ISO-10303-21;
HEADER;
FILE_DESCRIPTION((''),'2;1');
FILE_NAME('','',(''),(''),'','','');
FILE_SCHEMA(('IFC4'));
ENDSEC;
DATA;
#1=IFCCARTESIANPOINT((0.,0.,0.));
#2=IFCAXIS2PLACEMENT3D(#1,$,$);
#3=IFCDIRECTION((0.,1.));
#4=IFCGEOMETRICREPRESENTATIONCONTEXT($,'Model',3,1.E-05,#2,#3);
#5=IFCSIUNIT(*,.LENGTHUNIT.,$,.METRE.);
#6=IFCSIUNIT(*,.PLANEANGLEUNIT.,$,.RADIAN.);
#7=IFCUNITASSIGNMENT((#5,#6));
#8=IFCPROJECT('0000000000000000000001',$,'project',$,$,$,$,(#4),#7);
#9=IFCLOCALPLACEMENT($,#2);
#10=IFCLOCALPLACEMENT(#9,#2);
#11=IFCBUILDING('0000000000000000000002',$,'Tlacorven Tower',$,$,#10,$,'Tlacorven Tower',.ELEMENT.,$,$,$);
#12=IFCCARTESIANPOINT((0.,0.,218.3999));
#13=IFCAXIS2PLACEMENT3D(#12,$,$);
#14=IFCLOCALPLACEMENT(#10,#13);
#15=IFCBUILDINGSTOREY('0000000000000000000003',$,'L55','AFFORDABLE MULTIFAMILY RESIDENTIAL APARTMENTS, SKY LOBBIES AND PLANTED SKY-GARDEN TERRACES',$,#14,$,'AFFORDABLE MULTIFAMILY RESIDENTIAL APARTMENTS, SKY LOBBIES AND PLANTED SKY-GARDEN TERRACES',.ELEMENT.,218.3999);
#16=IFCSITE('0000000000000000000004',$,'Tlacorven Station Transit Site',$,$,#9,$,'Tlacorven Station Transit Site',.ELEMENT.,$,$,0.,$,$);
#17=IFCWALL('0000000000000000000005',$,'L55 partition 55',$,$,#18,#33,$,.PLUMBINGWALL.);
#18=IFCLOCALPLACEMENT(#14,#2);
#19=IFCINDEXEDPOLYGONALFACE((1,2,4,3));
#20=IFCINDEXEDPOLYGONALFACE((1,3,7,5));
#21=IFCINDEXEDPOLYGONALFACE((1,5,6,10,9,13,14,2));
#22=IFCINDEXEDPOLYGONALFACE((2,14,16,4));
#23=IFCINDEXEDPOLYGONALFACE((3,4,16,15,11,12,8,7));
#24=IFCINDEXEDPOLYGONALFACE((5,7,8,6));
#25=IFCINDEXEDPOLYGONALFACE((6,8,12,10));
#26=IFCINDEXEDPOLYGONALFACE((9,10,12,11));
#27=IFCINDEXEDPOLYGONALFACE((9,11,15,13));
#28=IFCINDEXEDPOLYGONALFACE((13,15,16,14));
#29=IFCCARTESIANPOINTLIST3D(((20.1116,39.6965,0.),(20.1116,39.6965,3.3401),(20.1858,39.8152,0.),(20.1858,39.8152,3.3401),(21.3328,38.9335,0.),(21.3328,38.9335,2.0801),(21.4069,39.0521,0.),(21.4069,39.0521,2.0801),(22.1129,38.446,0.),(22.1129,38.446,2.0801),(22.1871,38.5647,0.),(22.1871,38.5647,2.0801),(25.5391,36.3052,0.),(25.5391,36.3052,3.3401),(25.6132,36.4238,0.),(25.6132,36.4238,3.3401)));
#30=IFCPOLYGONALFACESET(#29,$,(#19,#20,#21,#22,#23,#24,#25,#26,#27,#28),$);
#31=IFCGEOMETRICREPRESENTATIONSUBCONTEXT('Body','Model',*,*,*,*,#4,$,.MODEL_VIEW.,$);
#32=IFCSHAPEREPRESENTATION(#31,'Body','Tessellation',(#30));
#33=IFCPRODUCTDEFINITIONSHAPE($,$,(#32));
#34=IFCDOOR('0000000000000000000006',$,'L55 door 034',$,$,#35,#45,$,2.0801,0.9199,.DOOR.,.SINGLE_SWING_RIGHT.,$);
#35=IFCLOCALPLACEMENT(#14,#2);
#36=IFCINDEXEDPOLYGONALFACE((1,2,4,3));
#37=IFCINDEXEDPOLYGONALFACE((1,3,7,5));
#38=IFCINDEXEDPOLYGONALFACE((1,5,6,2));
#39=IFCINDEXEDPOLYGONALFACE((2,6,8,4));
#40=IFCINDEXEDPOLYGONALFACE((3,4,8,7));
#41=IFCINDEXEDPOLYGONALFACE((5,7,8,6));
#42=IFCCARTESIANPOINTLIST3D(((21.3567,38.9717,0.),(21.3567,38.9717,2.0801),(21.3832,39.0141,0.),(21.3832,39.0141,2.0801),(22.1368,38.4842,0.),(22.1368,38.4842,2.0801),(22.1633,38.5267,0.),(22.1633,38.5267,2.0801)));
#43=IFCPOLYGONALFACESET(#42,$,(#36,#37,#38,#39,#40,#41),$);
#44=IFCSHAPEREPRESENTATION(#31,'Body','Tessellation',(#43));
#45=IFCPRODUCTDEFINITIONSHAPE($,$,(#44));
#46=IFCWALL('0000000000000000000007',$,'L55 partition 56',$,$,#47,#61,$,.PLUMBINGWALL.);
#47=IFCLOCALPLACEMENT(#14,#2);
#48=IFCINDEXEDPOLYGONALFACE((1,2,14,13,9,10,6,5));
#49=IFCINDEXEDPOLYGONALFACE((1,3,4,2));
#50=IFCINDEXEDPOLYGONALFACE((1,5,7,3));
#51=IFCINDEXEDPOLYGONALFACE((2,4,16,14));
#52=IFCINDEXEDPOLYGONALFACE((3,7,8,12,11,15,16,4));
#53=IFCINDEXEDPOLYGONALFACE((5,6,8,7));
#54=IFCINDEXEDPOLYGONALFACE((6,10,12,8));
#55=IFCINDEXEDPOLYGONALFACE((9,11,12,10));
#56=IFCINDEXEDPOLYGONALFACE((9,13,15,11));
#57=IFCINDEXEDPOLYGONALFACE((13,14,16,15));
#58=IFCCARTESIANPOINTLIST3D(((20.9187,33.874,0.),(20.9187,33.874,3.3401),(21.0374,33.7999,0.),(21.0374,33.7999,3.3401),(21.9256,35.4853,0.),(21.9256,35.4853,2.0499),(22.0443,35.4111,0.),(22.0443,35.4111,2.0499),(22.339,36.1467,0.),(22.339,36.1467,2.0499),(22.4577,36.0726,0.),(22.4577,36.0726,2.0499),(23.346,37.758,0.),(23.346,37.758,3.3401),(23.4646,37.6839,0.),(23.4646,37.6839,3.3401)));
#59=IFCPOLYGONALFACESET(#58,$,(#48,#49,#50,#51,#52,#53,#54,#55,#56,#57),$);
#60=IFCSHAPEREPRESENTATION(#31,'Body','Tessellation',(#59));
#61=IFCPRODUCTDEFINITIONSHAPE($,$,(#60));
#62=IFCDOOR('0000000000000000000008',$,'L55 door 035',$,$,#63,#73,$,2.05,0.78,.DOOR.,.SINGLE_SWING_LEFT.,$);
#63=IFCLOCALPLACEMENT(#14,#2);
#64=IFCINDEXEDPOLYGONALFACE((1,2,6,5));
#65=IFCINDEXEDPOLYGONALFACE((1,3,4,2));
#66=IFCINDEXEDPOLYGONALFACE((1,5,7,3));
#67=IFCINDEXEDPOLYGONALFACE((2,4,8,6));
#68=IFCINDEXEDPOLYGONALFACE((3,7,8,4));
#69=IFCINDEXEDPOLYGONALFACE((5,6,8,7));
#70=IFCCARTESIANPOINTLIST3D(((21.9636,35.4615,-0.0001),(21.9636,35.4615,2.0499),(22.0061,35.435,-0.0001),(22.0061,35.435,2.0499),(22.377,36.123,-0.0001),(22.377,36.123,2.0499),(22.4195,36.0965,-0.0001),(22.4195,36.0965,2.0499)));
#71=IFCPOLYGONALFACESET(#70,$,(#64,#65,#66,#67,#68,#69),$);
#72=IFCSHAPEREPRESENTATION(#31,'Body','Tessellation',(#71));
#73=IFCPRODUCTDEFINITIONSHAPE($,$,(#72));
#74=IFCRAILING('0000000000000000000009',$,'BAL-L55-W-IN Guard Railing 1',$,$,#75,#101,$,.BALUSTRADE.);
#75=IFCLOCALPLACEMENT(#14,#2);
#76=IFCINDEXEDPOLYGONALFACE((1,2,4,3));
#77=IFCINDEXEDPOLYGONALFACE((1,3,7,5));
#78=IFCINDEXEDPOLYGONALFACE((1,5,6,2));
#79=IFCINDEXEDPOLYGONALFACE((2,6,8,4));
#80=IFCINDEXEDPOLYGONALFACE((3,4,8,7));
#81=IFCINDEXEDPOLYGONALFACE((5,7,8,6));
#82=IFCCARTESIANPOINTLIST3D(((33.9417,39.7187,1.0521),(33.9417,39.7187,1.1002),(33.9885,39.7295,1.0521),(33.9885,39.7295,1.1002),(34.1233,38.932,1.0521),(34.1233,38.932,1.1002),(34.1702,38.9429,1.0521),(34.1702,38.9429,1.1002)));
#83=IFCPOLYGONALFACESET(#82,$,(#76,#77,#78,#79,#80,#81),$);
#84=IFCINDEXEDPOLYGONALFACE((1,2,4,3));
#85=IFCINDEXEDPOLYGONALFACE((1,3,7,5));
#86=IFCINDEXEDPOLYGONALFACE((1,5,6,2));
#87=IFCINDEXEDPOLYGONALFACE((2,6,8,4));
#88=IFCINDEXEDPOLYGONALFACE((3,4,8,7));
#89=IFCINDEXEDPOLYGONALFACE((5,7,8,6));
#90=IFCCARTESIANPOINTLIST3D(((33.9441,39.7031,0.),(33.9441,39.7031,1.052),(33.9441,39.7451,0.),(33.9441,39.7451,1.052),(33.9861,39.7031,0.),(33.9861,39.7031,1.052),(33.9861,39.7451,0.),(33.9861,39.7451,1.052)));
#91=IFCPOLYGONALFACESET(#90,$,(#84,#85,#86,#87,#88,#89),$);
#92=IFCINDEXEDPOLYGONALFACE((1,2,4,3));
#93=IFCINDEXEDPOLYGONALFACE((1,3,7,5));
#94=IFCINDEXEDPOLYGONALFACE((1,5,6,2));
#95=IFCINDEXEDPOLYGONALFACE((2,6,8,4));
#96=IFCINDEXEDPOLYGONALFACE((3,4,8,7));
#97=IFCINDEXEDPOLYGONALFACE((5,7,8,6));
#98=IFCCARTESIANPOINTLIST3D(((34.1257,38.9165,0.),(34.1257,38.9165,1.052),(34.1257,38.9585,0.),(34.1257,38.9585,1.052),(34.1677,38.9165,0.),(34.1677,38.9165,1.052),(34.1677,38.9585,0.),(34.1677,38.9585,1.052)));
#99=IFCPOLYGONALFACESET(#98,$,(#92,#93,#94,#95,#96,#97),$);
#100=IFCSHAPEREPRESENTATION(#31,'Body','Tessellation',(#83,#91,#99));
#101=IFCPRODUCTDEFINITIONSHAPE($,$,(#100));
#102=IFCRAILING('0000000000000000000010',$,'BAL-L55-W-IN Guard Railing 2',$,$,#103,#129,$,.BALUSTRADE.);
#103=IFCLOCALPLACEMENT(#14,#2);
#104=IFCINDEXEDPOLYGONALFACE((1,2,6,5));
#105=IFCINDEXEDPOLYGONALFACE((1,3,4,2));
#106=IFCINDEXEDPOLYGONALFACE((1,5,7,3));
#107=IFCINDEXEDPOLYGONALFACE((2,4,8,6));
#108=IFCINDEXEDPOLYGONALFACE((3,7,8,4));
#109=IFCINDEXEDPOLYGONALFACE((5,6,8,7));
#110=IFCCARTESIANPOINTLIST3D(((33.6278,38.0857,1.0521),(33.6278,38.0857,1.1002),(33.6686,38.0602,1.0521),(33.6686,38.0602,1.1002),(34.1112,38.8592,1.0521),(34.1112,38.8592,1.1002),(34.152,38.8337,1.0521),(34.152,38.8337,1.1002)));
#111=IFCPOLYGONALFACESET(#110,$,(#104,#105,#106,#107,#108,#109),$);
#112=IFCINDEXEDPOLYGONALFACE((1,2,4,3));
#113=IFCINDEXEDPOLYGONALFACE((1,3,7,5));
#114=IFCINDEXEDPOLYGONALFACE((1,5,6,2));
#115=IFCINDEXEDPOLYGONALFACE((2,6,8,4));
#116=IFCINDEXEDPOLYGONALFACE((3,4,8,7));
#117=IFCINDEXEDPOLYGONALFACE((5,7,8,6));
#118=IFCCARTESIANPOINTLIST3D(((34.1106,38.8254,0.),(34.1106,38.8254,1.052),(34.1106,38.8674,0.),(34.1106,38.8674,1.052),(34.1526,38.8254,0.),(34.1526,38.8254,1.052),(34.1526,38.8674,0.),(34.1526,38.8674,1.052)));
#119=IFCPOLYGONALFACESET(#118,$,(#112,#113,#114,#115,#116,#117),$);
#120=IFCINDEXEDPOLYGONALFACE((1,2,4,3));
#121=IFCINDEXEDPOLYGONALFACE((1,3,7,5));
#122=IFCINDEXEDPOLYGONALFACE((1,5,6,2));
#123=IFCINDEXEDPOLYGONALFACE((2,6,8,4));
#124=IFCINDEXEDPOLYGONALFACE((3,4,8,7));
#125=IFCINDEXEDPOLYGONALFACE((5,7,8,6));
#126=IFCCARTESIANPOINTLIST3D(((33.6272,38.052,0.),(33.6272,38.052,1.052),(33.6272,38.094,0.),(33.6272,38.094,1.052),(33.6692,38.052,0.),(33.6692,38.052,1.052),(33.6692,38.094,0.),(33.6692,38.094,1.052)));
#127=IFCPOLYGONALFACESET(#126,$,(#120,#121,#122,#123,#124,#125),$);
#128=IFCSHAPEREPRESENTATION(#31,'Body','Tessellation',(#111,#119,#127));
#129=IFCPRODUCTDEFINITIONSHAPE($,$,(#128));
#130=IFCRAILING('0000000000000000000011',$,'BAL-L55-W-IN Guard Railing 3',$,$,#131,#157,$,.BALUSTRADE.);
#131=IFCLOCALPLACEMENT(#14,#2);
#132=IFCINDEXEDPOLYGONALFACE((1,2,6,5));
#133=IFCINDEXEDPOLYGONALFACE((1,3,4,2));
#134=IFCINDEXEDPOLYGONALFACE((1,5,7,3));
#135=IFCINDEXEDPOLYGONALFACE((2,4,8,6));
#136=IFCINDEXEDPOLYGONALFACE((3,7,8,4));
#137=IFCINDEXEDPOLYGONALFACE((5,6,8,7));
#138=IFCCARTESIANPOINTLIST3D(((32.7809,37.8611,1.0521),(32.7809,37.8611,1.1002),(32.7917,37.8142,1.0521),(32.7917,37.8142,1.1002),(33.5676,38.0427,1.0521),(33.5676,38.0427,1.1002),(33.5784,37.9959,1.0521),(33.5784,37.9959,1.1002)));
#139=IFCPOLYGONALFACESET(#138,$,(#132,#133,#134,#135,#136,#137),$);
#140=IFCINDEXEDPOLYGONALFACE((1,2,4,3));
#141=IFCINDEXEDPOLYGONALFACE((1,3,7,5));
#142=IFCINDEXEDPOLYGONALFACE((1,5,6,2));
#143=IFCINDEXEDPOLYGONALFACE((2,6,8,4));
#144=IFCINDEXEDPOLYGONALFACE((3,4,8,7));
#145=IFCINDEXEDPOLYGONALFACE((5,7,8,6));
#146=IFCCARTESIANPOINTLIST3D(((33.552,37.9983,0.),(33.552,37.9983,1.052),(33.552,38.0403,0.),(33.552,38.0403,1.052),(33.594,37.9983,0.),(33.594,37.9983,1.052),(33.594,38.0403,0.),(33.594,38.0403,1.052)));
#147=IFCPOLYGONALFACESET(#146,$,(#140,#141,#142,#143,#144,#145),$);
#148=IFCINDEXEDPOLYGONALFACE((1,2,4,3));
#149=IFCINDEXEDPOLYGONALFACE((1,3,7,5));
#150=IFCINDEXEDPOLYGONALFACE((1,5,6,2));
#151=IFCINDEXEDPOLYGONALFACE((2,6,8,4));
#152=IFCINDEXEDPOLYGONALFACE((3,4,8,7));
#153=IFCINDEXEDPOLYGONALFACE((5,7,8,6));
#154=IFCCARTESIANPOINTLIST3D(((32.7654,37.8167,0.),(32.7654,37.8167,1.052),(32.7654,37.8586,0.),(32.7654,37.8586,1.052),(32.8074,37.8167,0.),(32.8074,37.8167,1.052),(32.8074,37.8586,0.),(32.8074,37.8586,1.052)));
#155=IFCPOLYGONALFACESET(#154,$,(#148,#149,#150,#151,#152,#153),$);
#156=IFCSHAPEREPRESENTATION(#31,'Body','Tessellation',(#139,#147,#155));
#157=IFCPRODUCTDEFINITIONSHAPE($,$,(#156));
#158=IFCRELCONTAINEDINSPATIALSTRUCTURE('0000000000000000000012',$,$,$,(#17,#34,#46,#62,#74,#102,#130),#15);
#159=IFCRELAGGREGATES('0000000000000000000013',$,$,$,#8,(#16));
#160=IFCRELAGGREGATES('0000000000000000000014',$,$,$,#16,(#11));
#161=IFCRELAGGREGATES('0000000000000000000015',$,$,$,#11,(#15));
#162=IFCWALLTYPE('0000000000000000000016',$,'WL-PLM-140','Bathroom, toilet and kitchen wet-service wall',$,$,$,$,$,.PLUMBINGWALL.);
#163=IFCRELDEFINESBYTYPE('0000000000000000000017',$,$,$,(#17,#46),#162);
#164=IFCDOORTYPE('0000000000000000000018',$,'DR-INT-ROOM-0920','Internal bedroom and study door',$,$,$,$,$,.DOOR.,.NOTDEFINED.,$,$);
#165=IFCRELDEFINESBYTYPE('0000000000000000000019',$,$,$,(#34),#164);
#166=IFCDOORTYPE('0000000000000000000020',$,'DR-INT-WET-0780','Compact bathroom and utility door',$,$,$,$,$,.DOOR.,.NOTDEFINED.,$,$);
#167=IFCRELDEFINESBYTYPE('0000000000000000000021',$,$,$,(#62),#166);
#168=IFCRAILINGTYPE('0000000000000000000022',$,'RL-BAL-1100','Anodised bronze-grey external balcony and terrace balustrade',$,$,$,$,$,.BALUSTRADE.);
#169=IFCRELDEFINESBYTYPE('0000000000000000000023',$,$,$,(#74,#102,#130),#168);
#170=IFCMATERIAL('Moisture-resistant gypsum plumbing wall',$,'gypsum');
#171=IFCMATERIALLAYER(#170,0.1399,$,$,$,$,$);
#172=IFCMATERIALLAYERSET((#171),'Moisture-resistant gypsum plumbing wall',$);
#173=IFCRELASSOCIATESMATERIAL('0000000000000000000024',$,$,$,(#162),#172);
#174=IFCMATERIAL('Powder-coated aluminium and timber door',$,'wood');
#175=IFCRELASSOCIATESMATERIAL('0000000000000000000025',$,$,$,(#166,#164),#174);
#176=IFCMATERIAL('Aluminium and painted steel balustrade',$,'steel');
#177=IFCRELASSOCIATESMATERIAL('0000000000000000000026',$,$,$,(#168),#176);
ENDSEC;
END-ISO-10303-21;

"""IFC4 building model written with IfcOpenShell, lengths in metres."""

from ifc_helpers import new_model, si_unit, direction, frame, frame_2d, origin, origin_2d, place, context, subcontext, project, spatial, rectangle, extrude, source, transform, mapped, material, layer, layer_set, type_object, element, fill, save


model = new_model("IFC4")

# Units and contexts
model_context = context("Model", 3, precision=1e-05, world=origin(), true_north=direction((0.0, 1.0)))
body_context = subcontext(model_context, "Body", "Model", "MODEL_VIEW")
ifc_project = project(units=[si_unit("LENGTHUNIT", "METRE"), si_unit("PLANEANGLEUNIT", "RADIAN")], contexts=[model_context])

# Site, building, storey
site_placement = place(None, origin())
site = spatial("IfcSite", under=ifc_project, at=site_placement, Name="Tlacorven Station Transit Site", LongName="Tlacorven Station Transit Site", CompositionType="ELEMENT", RefElevation=0.0)
building_placement = place(site_placement, origin())
building = spatial("IfcBuilding", under=site, at=building_placement, Name="Tlacorven Tower", LongName="Tlacorven Tower", CompositionType="ELEMENT")
storey_placement = place(building_placement, frame((0.0, 0.0, 218.3999)))
storey = spatial("IfcBuildingStorey", under=building, at=storey_placement, Name="L55", Description="AFFORDABLE MULTIFAMILY RESIDENTIAL APARTMENTS, SKY LOBBIES AND PLANTED SKY-GARDEN TERRACES", LongName="AFFORDABLE MULTIFAMILY RESIDENTIAL APARTMENTS, SKY LOBBIES AND PLANTED SKY-GARDEN TERRACES", CompositionType="ELEMENT", Elevation=218.3999)

# Walls, openings, doors
ifc_material_1 = material(Name="Moisture-resistant gypsum plumbing wall", Category="gypsum")
ifc_layer_1 = layer(ifc_material_1, 0.1399)
ifc_layer_set_1 = layer_set([ifc_layer_1], Name="Moisture-resistant gypsum plumbing wall")
wall_type_1 = type_object("IfcWallType", Name="WL-PLM-140", Description="Bathroom, toilet and kitchen wet-service wall", PredefinedType="PLUMBINGWALL", material=ifc_layer_set_1)
ifc_material_2 = material(Name="Powder-coated aluminium and timber door", Category="wood")
door_type_1 = type_object("IfcDoorType", Name="DR-INT-WET-0780", Description="Compact bathroom and utility door", OperationType="NOTDEFINED", PredefinedType="DOOR", material=ifc_material_2)
shared_shape_1 = source(origin(), body_context, "Body", "SweptSolid", [
    extrude(rectangle(XDim=0.78, YDim=2.05, at=frame_2d((0.3901, 1.0249))), frame((0.0, 0.0249, 0.0), z_axis=(0.0, -1.0, 0.0), x_axis=(1.0, 0.0, 0.0)), (0.0, 0.0, 1.0), 0.05),
])
wall_1_placement = place(storey_placement, frame((25.5762, 36.3645, 0.0), z_axis=(0.0, 0.0, 1.0), x_axis=(-0.848056, 0.529906, 0.0)))
wall_1 = element("IfcWall", 1, at=wall_1_placement, inside=storey, type_object=wall_type_1, Name="L55 partition 55", PredefinedType="PLUMBINGWALL", context=body_context, shape_type="SweptSolid", body=[
    extrude(rectangle(XDim=6.3999, YDim=0.1399, at=frame_2d((3.2, 0.0))), origin(), (0.0, 0.0, 1.0), 3.3401),
])
opening_1_placement = place(wall_1_placement, frame((4.04, 0.0, 0.0)))
opening_1 = element("IfcOpeningElement", 2, at=opening_1_placement, cuts=wall_1, PredefinedType="OPENING", context=body_context, shape_type="SweptSolid", body=[
    extrude(rectangle(XDim=0.9199, YDim=2.0801, at=frame_2d((0.46, 1.04))), frame((0.0, 0.0801, 0.0), z_axis=(0.0, -1.0, 0.0), x_axis=(1.0, 0.0, 0.0)), (0.0, 0.0, 1.0), 0.1599),
])
door_type_2 = type_object("IfcDoorType", Name="DR-INT-ROOM-0920", Description="Internal bedroom and study door", OperationType="NOTDEFINED", PredefinedType="DOOR", material=ifc_material_2)
shared_shape_2 = source(origin(), body_context, "Body", "SweptSolid", [
    extrude(rectangle(XDim=0.9199, YDim=2.0801, at=frame_2d((0.46, 1.04))), frame((0.0, 0.0249, 0.0), z_axis=(0.0, -1.0, 0.0), x_axis=(1.0, 0.0, 0.0)), (0.0, 0.0, 1.0), 0.05),
])
door_1_placement = place(opening_1_placement, origin())
door_1 = element("IfcDoor", 3, at=door_1_placement, inside=storey, type_object=door_type_2, Name="L55 door 034", OperationType="SINGLE_SWING_RIGHT", OverallHeight=2.0801, OverallWidth=0.9199, PredefinedType="DOOR", context=body_context, shape_type="MappedRepresentation", body=[
    mapped(shared_shape_2, transform((0.0, 0.0, 0.0), scale=1.0)),
])
fill(opening_1, door_1)
wall_2_placement = place(storey_placement, frame((23.4053, 37.7209, 0.0), z_axis=(0.0, 0.0, 1.0), x_axis=(-0.529956, -0.848025, 0.0)))
wall_2 = element("IfcWall", 4, at=wall_2_placement, inside=storey, type_object=wall_type_1, Name="L55 partition 56", PredefinedType="PLUMBINGWALL", context=body_context, shape_type="SweptSolid", body=[
    extrude(rectangle(XDim=4.5801, YDim=0.1399, at=frame_2d((2.29, 0.0))), origin(), (0.0, 0.0, 1.0), 3.3401),
])
opening_2_placement = place(wall_2_placement, frame((1.8999, 0.0, 0.0)))
opening_2 = element("IfcOpeningElement", 5, at=opening_2_placement, cuts=wall_2, PredefinedType="OPENING", context=body_context, shape_type="SweptSolid", body=[
    extrude(rectangle(XDim=0.78, YDim=2.05, at=frame_2d((0.3901, 1.0249))), frame((0.0, 0.0801, 0.0), z_axis=(0.0, -1.0, 0.0), x_axis=(1.0, 0.0, 0.0)), (0.0, 0.0, 1.0), 0.1599),
])
door_2_placement = place(opening_2_placement, origin())
door_2 = element("IfcDoor", 6, at=door_2_placement, inside=storey, type_object=door_type_1, Name="L55 door 035", OperationType="SINGLE_SWING_LEFT", OverallHeight=2.05, OverallWidth=0.78, PredefinedType="DOOR", context=body_context, shape_type="MappedRepresentation", body=[
    mapped(shared_shape_1, transform((0.0, 0.0, 0.0), scale=1.0)),
])
fill(opening_2, door_2)

# Railings
ifc_material_3 = material(Name="Aluminium and painted steel balustrade", Category="steel")
railing_type = type_object("IfcRailingType", Name="RL-BAL-1100", Description="Anodised bronze-grey external balcony and terrace balustrade", PredefinedType="BALUSTRADE", material=ifc_material_3)
shared_shape_3 = source(origin(), body_context, "Body", "SweptSolid", [
    extrude(rectangle(XDim=0.0481, YDim=0.0481, at=origin_2d()), frame((0.0, 0.0, 1.0762), z_axis=(0.224992, -0.974361, 0.0), x_axis=(0.974361, 0.224992, 0.0)), (0.0, 0.0, 1.0), 0.8074),
    extrude(rectangle(XDim=0.042, YDim=0.042, at=origin_2d()), origin(), (0.0, 0.0, 1.0), 1.052),
    extrude(rectangle(XDim=0.042, YDim=0.042, at=origin_2d()), frame((0.1816, -0.7866, 0.0)), (0.0, 0.0, 1.0), 1.052),
])
railing_1_placement = place(storey_placement, frame((33.9651, 39.7241, 0.0)))
element("IfcRailing", 7, at=railing_1_placement, inside=storey, type_object=railing_type, Name="BAL-L55-W-IN Guard Railing 1", PredefinedType="BALUSTRADE", context=body_context, shape_type="MappedRepresentation", body=[
    mapped(shared_shape_3, transform((0.0, 0.0, 0.0), scale=1.0)),
])
shared_shape_4 = source(origin(), body_context, "Body", "SweptSolid", [
    extrude(rectangle(XDim=0.0481, YDim=0.0481, at=origin_2d()), frame((0.0, 0.0, 1.0762), z_axis=(-0.529999, -0.847998, 0.0), x_axis=(0.847998, -0.529999, 0.0)), (0.0, 0.0, 1.0), 0.9121),
    extrude(rectangle(XDim=0.042, YDim=0.042, at=origin_2d()), origin(), (0.0, 0.0, 1.0), 1.052),
    extrude(rectangle(XDim=0.042, YDim=0.042, at=origin_2d()), frame((-0.4834, -0.7734, 0.0)), (0.0, 0.0, 1.0), 1.052),
])
railing_2_placement = place(storey_placement, frame((34.1316, 38.8464, 0.0)))
element("IfcRailing", 8, at=railing_2_placement, inside=storey, type_object=railing_type, Name="BAL-L55-W-IN Guard Railing 2", PredefinedType="BALUSTRADE", context=body_context, shape_type="MappedRepresentation", body=[
    mapped(shared_shape_4, transform((0.0, 0.0, 0.0), scale=1.0)),
])
shared_shape_5 = source(origin(), body_context, "Body", "SweptSolid", [
    extrude(rectangle(XDim=0.0481, YDim=0.0481, at=origin_2d()), frame((0.0, 0.0, 1.0762), z_axis=(-0.974361, -0.224992, 0.0), x_axis=(0.224992, -0.974361, 0.0)), (0.0, 0.0, 1.0), 0.8074),
    extrude(rectangle(XDim=0.042, YDim=0.042, at=origin_2d()), origin(), (0.0, 0.0, 1.0), 1.052),
    extrude(rectangle(XDim=0.042, YDim=0.042, at=origin_2d()), frame((-0.7866, -0.1816, 0.0)), (0.0, 0.0, 1.0), 1.052),
])
railing_3_placement = place(storey_placement, frame((33.573, 38.0193, 0.0)))
element("IfcRailing", 9, at=railing_3_placement, inside=storey, type_object=railing_type, Name="BAL-L55-W-IN Guard Railing 3", PredefinedType="BALUSTRADE", context=body_context, shape_type="MappedRepresentation", body=[
    mapped(shared_shape_5, transform((0.0, 0.0, 0.0), scale=1.0)),
])

save(model, "model.ifc")
